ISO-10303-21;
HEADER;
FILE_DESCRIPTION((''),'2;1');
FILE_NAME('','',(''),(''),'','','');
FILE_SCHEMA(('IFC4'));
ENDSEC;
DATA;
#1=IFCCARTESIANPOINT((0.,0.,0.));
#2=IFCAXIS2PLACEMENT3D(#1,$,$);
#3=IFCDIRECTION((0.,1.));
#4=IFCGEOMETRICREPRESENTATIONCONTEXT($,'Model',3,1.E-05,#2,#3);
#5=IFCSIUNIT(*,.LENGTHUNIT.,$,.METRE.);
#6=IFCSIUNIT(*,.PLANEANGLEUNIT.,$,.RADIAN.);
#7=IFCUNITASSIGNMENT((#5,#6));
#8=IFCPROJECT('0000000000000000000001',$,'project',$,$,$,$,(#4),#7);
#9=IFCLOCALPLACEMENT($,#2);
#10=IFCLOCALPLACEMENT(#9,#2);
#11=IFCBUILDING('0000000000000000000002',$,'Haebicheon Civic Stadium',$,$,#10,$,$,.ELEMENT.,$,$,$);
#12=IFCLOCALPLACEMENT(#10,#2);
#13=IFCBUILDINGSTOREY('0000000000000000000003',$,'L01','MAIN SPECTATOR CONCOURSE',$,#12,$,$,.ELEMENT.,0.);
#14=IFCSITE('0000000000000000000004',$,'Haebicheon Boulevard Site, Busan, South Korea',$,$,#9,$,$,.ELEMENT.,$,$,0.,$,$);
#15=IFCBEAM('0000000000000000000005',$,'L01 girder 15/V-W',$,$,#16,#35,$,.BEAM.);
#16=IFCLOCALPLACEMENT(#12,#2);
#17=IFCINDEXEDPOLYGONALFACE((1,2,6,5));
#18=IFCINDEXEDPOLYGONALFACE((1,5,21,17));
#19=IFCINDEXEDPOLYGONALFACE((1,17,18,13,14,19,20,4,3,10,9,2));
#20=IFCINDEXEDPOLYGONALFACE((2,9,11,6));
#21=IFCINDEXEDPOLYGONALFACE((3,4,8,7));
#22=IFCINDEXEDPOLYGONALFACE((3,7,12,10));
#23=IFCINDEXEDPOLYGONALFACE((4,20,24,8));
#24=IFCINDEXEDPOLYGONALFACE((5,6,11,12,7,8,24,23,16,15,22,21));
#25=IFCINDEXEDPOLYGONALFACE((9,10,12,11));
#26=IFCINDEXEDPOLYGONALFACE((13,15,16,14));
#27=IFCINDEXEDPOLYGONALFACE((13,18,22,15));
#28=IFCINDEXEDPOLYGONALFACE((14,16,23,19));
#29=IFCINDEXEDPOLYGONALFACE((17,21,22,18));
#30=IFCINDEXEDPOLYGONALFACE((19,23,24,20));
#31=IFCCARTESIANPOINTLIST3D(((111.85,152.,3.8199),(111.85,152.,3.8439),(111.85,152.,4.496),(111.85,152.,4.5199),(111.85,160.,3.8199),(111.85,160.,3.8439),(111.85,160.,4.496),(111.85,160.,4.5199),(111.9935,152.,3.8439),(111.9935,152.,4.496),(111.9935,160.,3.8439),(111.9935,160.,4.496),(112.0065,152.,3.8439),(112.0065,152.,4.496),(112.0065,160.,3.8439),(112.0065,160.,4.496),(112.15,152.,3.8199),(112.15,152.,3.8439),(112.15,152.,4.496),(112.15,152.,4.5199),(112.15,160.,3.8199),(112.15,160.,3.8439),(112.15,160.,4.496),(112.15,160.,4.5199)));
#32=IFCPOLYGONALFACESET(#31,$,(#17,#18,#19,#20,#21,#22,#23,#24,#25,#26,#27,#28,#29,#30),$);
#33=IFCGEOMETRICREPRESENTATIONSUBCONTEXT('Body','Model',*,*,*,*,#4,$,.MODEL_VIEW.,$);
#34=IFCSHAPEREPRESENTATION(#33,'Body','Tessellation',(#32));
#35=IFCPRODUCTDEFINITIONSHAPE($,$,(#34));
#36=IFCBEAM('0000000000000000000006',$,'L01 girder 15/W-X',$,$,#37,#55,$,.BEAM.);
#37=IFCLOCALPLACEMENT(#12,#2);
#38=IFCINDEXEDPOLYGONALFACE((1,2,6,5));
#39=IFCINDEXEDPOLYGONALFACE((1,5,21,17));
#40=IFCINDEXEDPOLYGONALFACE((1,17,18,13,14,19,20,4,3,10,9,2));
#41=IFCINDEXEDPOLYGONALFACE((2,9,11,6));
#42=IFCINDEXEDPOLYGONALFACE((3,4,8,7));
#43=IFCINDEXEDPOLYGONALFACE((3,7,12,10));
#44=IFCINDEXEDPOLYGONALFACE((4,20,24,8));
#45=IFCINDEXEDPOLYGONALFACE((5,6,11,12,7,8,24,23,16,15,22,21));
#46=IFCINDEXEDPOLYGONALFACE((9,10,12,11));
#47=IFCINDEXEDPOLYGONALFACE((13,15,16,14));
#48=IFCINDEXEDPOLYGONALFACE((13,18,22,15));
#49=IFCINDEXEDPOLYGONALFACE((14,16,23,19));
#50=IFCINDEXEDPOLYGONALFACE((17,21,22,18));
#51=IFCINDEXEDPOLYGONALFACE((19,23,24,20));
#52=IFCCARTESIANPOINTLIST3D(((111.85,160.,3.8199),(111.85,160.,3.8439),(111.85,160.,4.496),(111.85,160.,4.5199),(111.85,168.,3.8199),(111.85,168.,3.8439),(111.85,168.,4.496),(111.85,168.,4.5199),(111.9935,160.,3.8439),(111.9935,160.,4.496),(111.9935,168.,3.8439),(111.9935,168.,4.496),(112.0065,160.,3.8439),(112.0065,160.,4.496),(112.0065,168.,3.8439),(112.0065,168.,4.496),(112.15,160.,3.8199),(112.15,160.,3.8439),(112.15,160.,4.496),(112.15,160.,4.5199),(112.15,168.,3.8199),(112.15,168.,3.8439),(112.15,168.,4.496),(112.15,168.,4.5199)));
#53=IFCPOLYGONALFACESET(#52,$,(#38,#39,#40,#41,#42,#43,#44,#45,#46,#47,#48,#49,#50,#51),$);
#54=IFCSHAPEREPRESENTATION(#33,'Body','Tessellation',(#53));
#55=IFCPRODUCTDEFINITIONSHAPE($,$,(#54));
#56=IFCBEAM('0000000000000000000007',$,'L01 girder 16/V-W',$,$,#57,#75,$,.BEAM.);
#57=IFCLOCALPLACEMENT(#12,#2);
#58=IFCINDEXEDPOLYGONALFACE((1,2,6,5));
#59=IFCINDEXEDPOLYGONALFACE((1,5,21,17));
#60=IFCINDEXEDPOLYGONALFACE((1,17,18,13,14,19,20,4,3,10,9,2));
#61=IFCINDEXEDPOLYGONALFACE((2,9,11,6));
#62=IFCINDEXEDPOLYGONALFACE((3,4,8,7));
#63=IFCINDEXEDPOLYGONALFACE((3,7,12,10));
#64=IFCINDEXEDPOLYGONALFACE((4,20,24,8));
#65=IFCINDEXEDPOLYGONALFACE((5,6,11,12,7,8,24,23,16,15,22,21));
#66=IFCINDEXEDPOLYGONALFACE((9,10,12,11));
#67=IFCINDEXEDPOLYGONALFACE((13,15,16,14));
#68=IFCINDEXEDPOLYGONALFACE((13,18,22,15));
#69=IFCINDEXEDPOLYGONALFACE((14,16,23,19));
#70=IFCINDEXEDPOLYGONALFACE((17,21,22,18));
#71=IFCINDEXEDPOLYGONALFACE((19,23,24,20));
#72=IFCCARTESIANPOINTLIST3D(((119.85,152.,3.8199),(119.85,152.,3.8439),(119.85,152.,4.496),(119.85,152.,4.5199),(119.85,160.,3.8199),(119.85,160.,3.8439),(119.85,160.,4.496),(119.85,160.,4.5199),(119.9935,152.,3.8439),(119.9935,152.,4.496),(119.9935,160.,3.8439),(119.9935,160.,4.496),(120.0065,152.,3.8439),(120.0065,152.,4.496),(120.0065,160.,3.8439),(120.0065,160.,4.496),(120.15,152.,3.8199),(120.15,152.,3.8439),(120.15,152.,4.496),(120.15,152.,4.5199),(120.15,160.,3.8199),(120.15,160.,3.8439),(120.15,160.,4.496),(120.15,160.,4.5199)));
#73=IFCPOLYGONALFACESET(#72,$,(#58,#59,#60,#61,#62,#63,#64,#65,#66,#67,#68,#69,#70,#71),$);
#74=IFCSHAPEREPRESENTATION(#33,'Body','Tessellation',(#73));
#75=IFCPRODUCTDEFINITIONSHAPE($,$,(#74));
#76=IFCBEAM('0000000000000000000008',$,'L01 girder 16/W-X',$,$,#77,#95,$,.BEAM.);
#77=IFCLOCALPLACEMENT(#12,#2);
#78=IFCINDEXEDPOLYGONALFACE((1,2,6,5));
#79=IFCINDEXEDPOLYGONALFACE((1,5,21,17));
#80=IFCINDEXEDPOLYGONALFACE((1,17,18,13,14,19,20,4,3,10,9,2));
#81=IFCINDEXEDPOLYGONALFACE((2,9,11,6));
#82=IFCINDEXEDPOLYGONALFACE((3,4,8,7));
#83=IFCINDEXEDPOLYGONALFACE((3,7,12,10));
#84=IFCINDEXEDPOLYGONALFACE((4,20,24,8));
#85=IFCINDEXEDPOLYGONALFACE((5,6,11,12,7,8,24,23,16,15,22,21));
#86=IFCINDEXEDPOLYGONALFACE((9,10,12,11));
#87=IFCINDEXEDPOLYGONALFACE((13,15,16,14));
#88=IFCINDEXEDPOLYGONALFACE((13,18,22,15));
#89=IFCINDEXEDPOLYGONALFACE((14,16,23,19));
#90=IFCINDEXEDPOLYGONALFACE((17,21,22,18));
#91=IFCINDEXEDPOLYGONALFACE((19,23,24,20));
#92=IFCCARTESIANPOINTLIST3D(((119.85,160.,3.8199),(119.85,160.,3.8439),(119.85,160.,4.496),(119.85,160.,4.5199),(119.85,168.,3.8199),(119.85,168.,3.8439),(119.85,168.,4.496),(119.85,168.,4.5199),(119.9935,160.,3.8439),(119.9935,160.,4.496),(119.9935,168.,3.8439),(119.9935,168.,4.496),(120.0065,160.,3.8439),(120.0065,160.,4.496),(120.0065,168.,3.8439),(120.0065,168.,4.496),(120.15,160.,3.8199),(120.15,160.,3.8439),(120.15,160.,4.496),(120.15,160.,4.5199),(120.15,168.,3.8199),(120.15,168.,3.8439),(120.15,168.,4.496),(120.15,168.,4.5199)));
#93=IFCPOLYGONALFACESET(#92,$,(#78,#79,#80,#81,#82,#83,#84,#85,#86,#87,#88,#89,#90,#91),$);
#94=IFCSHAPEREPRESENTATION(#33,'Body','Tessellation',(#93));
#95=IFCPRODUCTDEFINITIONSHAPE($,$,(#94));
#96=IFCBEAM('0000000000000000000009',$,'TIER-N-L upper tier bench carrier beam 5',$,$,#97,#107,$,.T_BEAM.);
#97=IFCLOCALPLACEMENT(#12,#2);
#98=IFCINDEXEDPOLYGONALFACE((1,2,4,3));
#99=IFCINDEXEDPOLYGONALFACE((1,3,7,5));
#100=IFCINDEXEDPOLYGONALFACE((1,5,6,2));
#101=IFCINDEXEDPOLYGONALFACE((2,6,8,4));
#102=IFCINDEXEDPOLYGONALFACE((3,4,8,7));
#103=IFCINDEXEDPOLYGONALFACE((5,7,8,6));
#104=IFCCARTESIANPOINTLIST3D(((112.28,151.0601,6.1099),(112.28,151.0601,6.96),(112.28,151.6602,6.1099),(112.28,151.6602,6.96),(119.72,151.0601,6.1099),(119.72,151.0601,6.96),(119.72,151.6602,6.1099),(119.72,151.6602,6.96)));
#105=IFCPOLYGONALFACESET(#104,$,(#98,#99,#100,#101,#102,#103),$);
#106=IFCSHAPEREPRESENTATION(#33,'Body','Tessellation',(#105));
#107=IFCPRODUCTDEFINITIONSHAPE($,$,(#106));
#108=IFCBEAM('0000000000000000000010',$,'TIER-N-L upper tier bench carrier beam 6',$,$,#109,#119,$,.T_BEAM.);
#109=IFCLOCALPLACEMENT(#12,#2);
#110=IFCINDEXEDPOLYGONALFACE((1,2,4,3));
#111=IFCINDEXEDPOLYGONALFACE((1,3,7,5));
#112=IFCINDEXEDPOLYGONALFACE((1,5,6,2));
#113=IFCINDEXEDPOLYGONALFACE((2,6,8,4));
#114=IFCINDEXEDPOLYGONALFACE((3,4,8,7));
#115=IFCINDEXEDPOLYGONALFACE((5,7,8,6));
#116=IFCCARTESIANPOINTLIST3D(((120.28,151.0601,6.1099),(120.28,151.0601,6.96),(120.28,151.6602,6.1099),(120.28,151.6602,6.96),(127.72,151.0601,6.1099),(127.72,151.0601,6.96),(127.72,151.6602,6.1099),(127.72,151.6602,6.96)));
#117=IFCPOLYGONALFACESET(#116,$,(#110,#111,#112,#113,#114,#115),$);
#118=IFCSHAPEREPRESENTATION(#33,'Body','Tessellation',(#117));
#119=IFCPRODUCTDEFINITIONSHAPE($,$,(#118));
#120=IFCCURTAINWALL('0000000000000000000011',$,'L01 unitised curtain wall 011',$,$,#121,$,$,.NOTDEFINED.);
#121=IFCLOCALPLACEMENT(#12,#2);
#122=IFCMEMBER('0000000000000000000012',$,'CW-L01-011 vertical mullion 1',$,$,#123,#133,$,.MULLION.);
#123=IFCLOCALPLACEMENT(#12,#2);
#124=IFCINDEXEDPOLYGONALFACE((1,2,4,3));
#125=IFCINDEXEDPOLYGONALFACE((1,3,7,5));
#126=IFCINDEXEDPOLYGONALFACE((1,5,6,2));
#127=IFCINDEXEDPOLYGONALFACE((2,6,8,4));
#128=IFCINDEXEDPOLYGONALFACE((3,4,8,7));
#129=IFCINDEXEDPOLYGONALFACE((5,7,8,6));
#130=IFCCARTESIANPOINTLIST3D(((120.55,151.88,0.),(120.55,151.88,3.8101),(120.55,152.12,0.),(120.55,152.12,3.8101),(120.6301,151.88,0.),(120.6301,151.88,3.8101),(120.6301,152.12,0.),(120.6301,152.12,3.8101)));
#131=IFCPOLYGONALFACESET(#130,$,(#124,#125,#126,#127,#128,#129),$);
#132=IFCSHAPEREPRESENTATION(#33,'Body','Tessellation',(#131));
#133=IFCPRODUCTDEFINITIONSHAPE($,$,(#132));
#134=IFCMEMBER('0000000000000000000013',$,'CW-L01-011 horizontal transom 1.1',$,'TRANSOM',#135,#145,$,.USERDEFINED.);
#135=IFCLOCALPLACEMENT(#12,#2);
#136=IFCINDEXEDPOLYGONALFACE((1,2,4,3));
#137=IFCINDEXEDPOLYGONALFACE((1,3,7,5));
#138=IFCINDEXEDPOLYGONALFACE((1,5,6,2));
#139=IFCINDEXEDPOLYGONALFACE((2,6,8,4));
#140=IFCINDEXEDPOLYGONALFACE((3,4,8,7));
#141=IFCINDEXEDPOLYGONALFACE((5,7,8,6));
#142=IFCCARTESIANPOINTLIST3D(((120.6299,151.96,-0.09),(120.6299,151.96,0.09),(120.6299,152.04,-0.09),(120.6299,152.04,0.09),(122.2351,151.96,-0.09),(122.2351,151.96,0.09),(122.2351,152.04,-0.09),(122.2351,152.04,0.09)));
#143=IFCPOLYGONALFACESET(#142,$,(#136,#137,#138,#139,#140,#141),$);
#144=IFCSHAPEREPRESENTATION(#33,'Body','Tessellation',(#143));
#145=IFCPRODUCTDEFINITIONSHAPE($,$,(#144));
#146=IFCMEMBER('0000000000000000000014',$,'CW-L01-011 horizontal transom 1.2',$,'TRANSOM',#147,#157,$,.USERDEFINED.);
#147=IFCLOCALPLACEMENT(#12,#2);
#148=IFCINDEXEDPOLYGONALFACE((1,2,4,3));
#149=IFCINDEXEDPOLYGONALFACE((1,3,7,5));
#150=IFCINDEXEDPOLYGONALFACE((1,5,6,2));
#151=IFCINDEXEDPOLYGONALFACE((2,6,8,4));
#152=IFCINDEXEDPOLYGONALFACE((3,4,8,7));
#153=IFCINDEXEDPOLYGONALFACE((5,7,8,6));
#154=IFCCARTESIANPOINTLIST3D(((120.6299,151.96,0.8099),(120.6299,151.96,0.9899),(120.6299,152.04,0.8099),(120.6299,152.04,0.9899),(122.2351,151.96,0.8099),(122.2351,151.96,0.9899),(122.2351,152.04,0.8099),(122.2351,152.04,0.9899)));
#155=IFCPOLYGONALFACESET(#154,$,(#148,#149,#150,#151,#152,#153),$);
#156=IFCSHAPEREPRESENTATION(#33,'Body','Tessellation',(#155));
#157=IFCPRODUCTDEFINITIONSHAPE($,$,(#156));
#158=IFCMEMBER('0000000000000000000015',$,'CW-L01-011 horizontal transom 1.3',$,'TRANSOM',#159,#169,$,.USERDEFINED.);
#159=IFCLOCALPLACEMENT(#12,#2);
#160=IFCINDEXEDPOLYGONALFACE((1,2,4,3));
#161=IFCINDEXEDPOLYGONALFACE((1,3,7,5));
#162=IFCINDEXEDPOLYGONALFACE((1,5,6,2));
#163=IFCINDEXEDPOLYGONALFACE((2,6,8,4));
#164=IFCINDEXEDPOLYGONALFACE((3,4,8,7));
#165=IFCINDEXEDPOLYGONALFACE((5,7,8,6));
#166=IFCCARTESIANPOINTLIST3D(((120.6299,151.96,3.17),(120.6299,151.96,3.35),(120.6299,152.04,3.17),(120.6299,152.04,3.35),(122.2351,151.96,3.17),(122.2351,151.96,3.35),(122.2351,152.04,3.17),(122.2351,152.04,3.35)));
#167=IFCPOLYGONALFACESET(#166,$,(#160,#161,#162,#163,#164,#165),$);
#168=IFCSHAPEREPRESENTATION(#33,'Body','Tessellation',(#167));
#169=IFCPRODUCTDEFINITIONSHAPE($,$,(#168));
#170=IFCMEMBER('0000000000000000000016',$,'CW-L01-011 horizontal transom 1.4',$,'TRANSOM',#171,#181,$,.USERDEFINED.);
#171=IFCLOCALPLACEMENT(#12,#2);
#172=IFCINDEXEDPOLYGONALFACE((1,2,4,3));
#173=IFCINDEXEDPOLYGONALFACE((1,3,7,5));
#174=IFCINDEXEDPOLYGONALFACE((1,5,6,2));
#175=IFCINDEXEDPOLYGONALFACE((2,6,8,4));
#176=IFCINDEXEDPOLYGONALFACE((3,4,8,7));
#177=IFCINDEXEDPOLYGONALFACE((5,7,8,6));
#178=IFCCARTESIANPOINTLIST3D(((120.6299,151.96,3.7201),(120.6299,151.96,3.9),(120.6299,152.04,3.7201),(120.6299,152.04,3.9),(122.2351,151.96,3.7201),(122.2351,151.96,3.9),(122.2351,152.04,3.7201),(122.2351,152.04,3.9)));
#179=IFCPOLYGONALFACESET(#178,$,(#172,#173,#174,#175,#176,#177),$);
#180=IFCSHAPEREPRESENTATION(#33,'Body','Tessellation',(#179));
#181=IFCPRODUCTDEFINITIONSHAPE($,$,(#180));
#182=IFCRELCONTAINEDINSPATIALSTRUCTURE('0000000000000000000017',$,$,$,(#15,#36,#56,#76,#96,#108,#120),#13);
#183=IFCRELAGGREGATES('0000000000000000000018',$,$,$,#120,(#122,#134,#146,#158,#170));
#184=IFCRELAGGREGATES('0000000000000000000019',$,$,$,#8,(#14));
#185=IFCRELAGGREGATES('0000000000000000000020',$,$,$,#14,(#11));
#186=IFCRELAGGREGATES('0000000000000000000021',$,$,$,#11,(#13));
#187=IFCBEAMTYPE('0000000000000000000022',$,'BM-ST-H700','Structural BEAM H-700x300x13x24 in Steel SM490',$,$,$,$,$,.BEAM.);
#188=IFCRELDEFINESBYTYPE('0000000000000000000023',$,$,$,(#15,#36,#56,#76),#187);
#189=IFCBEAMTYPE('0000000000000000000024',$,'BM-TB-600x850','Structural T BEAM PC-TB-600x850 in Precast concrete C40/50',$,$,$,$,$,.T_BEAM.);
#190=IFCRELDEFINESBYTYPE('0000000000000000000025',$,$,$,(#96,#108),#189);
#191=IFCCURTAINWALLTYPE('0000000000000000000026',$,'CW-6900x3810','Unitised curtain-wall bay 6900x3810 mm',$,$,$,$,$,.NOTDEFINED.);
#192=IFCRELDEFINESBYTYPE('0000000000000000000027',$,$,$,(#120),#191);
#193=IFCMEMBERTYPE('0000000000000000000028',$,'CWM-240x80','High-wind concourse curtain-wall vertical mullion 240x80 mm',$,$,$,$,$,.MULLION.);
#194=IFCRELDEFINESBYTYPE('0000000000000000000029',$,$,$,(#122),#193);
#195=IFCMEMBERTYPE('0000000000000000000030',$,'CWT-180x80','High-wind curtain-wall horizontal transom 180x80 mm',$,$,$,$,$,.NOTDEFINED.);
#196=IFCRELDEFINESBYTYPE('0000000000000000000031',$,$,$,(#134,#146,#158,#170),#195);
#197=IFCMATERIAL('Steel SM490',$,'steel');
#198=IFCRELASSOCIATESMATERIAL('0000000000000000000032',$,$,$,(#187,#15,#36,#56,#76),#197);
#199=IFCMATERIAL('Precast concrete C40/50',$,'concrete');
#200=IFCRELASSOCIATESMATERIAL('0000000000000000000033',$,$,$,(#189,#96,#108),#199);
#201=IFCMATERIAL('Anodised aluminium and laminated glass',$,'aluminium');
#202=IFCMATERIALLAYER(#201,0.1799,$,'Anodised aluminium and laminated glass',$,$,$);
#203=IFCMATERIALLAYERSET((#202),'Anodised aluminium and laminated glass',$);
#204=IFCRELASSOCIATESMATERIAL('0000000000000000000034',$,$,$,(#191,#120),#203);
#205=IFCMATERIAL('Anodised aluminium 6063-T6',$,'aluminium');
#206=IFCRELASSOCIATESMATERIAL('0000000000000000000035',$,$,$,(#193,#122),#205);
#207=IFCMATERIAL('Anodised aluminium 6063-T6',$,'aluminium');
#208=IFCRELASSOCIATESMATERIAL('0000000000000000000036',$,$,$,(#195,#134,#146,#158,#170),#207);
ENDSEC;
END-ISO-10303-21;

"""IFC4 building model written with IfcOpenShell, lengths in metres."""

from ifc_helpers import new_model, si_unit, direction, frame, origin, origin_2d, place, context, subcontext, project, spatial, rectangle, i_section, extrude, material, layer, layer_set, material_profile, profile_set, type_object, element, aggregate, save


model = new_model("IFC4")

# Units and contexts
model_context = context("Model", 3, precision=1e-05, world=origin(), true_north=direction((0.0, 1.0)))
body_context = subcontext(model_context, "Body", "Model", "MODEL_VIEW")
ifc_project = project(units=[si_unit("LENGTHUNIT", "METRE"), si_unit("PLANEANGLEUNIT", "RADIAN")], contexts=[model_context])

# Site, building, storey
site_placement = place(None, origin())
site = spatial("IfcSite", under=ifc_project, at=site_placement, Name="Haebicheon Boulevard Site, Busan, South Korea", CompositionType="ELEMENT", RefElevation=0.0)
building_placement = place(site_placement, origin())
building = spatial("IfcBuilding", under=site, at=building_placement, Name="Haebicheon Civic Stadium", CompositionType="ELEMENT")
storey_placement = place(building_placement, origin())
storey = spatial("IfcBuildingStorey", under=building, at=storey_placement, Name="L01", Description="MAIN SPECTATOR CONCOURSE", CompositionType="ELEMENT", Elevation=0.0)

# Beams
ifc_material_1 = material(Name="Steel SM490", Category="steel")
ifc_material_profile_1 = material_profile(ifc_material_1, i_section(OverallWidth=0.3, OverallDepth=0.7, WebThickness=0.0129, FlangeThickness=0.0239, at=origin_2d()), Name="H-700x300x13x24")
ifc_profile_set_1 = profile_set([ifc_material_profile_1], Name="Steel SM490")
beam_type_1 = type_object("IfcBeamType", Name="BM-ST-H700", Description="Structural BEAM H-700x300x13x24 in Steel SM490", PredefinedType="BEAM", material=ifc_profile_set_1)
for number, where, z_axis, x_axis, name in (
    (1, (112.0, 152.0, 4.1699), (0.0, 1.0, 0.0), (-1.0, 0.0, 0.0), "L01 girder 15/V-W"),
    (2, (112.0, 160.0, 4.1699), (0.0, 1.0, 0.0), (-1.0, 0.0, 0.0), "L01 girder 15/W-X"),
    (3, (120.0, 152.0, 4.1699), (0.0, 1.0, 0.0), (-1.0, 0.0, 0.0), "L01 girder 16/V-W"),
    (4, (120.0, 160.0, 4.1699), (0.0, 1.0, 0.0), (-1.0, 0.0, 0.0), "L01 girder 16/W-X"),
):
    element("IfcBeam", number, at=place(storey_placement, frame(where, z_axis=z_axis, x_axis=x_axis)), inside=storey, type_object=beam_type_1, material=ifc_profile_set_1, Name=name, PredefinedType="BEAM", context=body_context, shape_type="SweptSolid", body=[
        extrude(i_section(OverallWidth=0.3, OverallDepth=0.7, WebThickness=0.0129, FlangeThickness=0.0239, at=origin_2d()), origin(), (0.0, 0.0, 1.0), 8.0),
    ])
ifc_material_2 = material(Name="Precast concrete C40/50", Category="concrete")
ifc_material_profile_2 = material_profile(ifc_material_2, rectangle(XDim=0.6001, YDim=0.8501, at=origin_2d()), Name="PC-TB-600x850")
ifc_profile_set_2 = profile_set([ifc_material_profile_2], Name="Precast concrete C40/50")
beam_type_2 = type_object("IfcBeamType", Name="BM-TB-600x850", Description="Structural T BEAM PC-TB-600x850 in Precast concrete C40/50", PredefinedType="T_BEAM", material=ifc_profile_set_2)
for number, where, z_axis, x_axis, name in (
    (5, (112.28, 151.3601, 6.5349), (1.0, 0.0, 0.0), (0.0, 1.0, 0.0), "TIER-N-L upper tier bench carrier beam 5"),
    (6, (120.28, 151.3601, 6.5349), (1.0, 0.0, 0.0), (0.0, 1.0, 0.0), "TIER-N-L upper tier bench carrier beam 6"),
):
    element("IfcBeam", number, at=place(storey_placement, frame(where, z_axis=z_axis, x_axis=x_axis)), inside=storey, type_object=beam_type_2, material=ifc_profile_set_2, Name=name, PredefinedType="T_BEAM", context=body_context, shape_type="SweptSolid", body=[
        extrude(rectangle(XDim=0.6001, YDim=0.8501, at=origin_2d()), origin(), (0.0, 0.0, 1.0), 7.4399),
    ])

# Curtain wall, members
ifc_material_3 = material(Name="Anodised aluminium and laminated glass", Category="aluminium")
ifc_layer_1 = layer(ifc_material_3, 0.1799, Name="Anodised aluminium and laminated glass")
ifc_layer_set_1 = layer_set([ifc_layer_1], Name="Anodised aluminium and laminated glass")
curtain_wall_type = type_object("IfcCurtainWallType", Name="CW-6900x3810", Description="Unitised curtain-wall bay 6900x3810 mm", PredefinedType="NOTDEFINED", material=ifc_layer_set_1)
curtain_wall_placement = place(storey_placement, origin())
curtain_wall = element("IfcCurtainWall", 7, at=curtain_wall_placement, inside=storey, type_object=curtain_wall_type, material=ifc_layer_set_1, Name="L01 unitised curtain wall 011", PredefinedType="NOTDEFINED")
ifc_material_4 = material(Name="Anodised aluminium 6063-T6", Category="aluminium")
ifc_material_profile_3 = material_profile(ifc_material_4, rectangle(XDim=0.0801, YDim=0.24, at=origin_2d()), Name="ALU-MULL-80x240")
ifc_profile_set_3 = profile_set([ifc_material_profile_3], Name="Anodised aluminium 6063-T6")
member_type_1 = type_object("IfcMemberType", Name="CWM-240x80", Description="High-wind concourse curtain-wall vertical mullion 240x80 mm", PredefinedType="MULLION", material=ifc_profile_set_3)
member_1_placement = place(storey_placement, frame((120.5901, 152.0, 0.0), z_axis=(0.0, 0.0, 1.0), x_axis=(1.0, 0.0, 0.0)))
member_1 = element("IfcMember", 8, at=member_1_placement, type_object=member_type_1, material=ifc_profile_set_3, Name="CW-L01-011 vertical mullion 1", PredefinedType="MULLION", context=body_context, shape_type="SweptSolid", body=[
    extrude(rectangle(XDim=0.0801, YDim=0.24, at=origin_2d()), origin(), (0.0, 0.0, 1.0), 3.8101),
])
ifc_material_5 = material(Name="Anodised aluminium 6063-T6", Category="aluminium")
ifc_material_profile_4 = material_profile(ifc_material_5, rectangle(XDim=0.0801, YDim=0.1799, at=origin_2d()), Name="ALU-TRAN-80x180")
ifc_profile_set_4 = profile_set([ifc_material_profile_4], Name="Anodised aluminium 6063-T6")
member_type_2 = type_object("IfcMemberType", Name="CWT-180x80", Description="High-wind curtain-wall horizontal transom 180x80 mm", PredefinedType="NOTDEFINED", material=ifc_profile_set_4)
member_2_placement = place(storey_placement, frame((120.6299, 152.0, 0.0), z_axis=(1.0, 0.0, 0.0), x_axis=(0.0, 1.0, 0.0)))
member_2 = element("IfcMember", 9, at=member_2_placement, type_object=member_type_2, material=ifc_profile_set_4, Name="CW-L01-011 horizontal transom 1.1", ObjectType="TRANSOM", PredefinedType="USERDEFINED", context=body_context, shape_type="SweptSolid", body=[
    extrude(rectangle(XDim=0.0801, YDim=0.1799, at=origin_2d()), origin(), (0.0, 0.0, 1.0), 1.6052),
])
member_3_placement = place(storey_placement, frame((120.6299, 152.0, 0.8999), z_axis=(1.0, 0.0, 0.0), x_axis=(0.0, 1.0, 0.0)))
member_3 = element("IfcMember", 10, at=member_3_placement, type_object=member_type_2, material=ifc_profile_set_4, Name="CW-L01-011 horizontal transom 1.2", ObjectType="TRANSOM", PredefinedType="USERDEFINED", context=body_context, shape_type="SweptSolid", body=[
    extrude(rectangle(XDim=0.0801, YDim=0.1799, at=origin_2d()), origin(), (0.0, 0.0, 1.0), 1.6052),
])
member_4_placement = place(storey_placement, frame((120.6299, 152.0, 3.26), z_axis=(1.0, 0.0, 0.0), x_axis=(0.0, 1.0, 0.0)))
member_4 = element("IfcMember", 11, at=member_4_placement, type_object=member_type_2, material=ifc_profile_set_4, Name="CW-L01-011 horizontal transom 1.3", ObjectType="TRANSOM", PredefinedType="USERDEFINED", context=body_context, shape_type="SweptSolid", body=[
    extrude(rectangle(XDim=0.0801, YDim=0.1799, at=origin_2d()), origin(), (0.0, 0.0, 1.0), 1.6052),
])
member_5_placement = place(storey_placement, frame((120.6299, 152.0, 3.8101), z_axis=(1.0, 0.0, 0.0), x_axis=(0.0, 1.0, 0.0)))
member_5 = element("IfcMember", 12, at=member_5_placement, type_object=member_type_2, material=ifc_profile_set_4, Name="CW-L01-011 horizontal transom 1.4", ObjectType="TRANSOM", PredefinedType="USERDEFINED", context=body_context, shape_type="SweptSolid", body=[
    extrude(rectangle(XDim=0.0801, YDim=0.1799, at=origin_2d()), origin(), (0.0, 0.0, 1.0), 1.6052),
])

aggregate(curtain_wall, [member_1, member_2, member_3, member_4, member_5])

save(model, "model.ifc")
